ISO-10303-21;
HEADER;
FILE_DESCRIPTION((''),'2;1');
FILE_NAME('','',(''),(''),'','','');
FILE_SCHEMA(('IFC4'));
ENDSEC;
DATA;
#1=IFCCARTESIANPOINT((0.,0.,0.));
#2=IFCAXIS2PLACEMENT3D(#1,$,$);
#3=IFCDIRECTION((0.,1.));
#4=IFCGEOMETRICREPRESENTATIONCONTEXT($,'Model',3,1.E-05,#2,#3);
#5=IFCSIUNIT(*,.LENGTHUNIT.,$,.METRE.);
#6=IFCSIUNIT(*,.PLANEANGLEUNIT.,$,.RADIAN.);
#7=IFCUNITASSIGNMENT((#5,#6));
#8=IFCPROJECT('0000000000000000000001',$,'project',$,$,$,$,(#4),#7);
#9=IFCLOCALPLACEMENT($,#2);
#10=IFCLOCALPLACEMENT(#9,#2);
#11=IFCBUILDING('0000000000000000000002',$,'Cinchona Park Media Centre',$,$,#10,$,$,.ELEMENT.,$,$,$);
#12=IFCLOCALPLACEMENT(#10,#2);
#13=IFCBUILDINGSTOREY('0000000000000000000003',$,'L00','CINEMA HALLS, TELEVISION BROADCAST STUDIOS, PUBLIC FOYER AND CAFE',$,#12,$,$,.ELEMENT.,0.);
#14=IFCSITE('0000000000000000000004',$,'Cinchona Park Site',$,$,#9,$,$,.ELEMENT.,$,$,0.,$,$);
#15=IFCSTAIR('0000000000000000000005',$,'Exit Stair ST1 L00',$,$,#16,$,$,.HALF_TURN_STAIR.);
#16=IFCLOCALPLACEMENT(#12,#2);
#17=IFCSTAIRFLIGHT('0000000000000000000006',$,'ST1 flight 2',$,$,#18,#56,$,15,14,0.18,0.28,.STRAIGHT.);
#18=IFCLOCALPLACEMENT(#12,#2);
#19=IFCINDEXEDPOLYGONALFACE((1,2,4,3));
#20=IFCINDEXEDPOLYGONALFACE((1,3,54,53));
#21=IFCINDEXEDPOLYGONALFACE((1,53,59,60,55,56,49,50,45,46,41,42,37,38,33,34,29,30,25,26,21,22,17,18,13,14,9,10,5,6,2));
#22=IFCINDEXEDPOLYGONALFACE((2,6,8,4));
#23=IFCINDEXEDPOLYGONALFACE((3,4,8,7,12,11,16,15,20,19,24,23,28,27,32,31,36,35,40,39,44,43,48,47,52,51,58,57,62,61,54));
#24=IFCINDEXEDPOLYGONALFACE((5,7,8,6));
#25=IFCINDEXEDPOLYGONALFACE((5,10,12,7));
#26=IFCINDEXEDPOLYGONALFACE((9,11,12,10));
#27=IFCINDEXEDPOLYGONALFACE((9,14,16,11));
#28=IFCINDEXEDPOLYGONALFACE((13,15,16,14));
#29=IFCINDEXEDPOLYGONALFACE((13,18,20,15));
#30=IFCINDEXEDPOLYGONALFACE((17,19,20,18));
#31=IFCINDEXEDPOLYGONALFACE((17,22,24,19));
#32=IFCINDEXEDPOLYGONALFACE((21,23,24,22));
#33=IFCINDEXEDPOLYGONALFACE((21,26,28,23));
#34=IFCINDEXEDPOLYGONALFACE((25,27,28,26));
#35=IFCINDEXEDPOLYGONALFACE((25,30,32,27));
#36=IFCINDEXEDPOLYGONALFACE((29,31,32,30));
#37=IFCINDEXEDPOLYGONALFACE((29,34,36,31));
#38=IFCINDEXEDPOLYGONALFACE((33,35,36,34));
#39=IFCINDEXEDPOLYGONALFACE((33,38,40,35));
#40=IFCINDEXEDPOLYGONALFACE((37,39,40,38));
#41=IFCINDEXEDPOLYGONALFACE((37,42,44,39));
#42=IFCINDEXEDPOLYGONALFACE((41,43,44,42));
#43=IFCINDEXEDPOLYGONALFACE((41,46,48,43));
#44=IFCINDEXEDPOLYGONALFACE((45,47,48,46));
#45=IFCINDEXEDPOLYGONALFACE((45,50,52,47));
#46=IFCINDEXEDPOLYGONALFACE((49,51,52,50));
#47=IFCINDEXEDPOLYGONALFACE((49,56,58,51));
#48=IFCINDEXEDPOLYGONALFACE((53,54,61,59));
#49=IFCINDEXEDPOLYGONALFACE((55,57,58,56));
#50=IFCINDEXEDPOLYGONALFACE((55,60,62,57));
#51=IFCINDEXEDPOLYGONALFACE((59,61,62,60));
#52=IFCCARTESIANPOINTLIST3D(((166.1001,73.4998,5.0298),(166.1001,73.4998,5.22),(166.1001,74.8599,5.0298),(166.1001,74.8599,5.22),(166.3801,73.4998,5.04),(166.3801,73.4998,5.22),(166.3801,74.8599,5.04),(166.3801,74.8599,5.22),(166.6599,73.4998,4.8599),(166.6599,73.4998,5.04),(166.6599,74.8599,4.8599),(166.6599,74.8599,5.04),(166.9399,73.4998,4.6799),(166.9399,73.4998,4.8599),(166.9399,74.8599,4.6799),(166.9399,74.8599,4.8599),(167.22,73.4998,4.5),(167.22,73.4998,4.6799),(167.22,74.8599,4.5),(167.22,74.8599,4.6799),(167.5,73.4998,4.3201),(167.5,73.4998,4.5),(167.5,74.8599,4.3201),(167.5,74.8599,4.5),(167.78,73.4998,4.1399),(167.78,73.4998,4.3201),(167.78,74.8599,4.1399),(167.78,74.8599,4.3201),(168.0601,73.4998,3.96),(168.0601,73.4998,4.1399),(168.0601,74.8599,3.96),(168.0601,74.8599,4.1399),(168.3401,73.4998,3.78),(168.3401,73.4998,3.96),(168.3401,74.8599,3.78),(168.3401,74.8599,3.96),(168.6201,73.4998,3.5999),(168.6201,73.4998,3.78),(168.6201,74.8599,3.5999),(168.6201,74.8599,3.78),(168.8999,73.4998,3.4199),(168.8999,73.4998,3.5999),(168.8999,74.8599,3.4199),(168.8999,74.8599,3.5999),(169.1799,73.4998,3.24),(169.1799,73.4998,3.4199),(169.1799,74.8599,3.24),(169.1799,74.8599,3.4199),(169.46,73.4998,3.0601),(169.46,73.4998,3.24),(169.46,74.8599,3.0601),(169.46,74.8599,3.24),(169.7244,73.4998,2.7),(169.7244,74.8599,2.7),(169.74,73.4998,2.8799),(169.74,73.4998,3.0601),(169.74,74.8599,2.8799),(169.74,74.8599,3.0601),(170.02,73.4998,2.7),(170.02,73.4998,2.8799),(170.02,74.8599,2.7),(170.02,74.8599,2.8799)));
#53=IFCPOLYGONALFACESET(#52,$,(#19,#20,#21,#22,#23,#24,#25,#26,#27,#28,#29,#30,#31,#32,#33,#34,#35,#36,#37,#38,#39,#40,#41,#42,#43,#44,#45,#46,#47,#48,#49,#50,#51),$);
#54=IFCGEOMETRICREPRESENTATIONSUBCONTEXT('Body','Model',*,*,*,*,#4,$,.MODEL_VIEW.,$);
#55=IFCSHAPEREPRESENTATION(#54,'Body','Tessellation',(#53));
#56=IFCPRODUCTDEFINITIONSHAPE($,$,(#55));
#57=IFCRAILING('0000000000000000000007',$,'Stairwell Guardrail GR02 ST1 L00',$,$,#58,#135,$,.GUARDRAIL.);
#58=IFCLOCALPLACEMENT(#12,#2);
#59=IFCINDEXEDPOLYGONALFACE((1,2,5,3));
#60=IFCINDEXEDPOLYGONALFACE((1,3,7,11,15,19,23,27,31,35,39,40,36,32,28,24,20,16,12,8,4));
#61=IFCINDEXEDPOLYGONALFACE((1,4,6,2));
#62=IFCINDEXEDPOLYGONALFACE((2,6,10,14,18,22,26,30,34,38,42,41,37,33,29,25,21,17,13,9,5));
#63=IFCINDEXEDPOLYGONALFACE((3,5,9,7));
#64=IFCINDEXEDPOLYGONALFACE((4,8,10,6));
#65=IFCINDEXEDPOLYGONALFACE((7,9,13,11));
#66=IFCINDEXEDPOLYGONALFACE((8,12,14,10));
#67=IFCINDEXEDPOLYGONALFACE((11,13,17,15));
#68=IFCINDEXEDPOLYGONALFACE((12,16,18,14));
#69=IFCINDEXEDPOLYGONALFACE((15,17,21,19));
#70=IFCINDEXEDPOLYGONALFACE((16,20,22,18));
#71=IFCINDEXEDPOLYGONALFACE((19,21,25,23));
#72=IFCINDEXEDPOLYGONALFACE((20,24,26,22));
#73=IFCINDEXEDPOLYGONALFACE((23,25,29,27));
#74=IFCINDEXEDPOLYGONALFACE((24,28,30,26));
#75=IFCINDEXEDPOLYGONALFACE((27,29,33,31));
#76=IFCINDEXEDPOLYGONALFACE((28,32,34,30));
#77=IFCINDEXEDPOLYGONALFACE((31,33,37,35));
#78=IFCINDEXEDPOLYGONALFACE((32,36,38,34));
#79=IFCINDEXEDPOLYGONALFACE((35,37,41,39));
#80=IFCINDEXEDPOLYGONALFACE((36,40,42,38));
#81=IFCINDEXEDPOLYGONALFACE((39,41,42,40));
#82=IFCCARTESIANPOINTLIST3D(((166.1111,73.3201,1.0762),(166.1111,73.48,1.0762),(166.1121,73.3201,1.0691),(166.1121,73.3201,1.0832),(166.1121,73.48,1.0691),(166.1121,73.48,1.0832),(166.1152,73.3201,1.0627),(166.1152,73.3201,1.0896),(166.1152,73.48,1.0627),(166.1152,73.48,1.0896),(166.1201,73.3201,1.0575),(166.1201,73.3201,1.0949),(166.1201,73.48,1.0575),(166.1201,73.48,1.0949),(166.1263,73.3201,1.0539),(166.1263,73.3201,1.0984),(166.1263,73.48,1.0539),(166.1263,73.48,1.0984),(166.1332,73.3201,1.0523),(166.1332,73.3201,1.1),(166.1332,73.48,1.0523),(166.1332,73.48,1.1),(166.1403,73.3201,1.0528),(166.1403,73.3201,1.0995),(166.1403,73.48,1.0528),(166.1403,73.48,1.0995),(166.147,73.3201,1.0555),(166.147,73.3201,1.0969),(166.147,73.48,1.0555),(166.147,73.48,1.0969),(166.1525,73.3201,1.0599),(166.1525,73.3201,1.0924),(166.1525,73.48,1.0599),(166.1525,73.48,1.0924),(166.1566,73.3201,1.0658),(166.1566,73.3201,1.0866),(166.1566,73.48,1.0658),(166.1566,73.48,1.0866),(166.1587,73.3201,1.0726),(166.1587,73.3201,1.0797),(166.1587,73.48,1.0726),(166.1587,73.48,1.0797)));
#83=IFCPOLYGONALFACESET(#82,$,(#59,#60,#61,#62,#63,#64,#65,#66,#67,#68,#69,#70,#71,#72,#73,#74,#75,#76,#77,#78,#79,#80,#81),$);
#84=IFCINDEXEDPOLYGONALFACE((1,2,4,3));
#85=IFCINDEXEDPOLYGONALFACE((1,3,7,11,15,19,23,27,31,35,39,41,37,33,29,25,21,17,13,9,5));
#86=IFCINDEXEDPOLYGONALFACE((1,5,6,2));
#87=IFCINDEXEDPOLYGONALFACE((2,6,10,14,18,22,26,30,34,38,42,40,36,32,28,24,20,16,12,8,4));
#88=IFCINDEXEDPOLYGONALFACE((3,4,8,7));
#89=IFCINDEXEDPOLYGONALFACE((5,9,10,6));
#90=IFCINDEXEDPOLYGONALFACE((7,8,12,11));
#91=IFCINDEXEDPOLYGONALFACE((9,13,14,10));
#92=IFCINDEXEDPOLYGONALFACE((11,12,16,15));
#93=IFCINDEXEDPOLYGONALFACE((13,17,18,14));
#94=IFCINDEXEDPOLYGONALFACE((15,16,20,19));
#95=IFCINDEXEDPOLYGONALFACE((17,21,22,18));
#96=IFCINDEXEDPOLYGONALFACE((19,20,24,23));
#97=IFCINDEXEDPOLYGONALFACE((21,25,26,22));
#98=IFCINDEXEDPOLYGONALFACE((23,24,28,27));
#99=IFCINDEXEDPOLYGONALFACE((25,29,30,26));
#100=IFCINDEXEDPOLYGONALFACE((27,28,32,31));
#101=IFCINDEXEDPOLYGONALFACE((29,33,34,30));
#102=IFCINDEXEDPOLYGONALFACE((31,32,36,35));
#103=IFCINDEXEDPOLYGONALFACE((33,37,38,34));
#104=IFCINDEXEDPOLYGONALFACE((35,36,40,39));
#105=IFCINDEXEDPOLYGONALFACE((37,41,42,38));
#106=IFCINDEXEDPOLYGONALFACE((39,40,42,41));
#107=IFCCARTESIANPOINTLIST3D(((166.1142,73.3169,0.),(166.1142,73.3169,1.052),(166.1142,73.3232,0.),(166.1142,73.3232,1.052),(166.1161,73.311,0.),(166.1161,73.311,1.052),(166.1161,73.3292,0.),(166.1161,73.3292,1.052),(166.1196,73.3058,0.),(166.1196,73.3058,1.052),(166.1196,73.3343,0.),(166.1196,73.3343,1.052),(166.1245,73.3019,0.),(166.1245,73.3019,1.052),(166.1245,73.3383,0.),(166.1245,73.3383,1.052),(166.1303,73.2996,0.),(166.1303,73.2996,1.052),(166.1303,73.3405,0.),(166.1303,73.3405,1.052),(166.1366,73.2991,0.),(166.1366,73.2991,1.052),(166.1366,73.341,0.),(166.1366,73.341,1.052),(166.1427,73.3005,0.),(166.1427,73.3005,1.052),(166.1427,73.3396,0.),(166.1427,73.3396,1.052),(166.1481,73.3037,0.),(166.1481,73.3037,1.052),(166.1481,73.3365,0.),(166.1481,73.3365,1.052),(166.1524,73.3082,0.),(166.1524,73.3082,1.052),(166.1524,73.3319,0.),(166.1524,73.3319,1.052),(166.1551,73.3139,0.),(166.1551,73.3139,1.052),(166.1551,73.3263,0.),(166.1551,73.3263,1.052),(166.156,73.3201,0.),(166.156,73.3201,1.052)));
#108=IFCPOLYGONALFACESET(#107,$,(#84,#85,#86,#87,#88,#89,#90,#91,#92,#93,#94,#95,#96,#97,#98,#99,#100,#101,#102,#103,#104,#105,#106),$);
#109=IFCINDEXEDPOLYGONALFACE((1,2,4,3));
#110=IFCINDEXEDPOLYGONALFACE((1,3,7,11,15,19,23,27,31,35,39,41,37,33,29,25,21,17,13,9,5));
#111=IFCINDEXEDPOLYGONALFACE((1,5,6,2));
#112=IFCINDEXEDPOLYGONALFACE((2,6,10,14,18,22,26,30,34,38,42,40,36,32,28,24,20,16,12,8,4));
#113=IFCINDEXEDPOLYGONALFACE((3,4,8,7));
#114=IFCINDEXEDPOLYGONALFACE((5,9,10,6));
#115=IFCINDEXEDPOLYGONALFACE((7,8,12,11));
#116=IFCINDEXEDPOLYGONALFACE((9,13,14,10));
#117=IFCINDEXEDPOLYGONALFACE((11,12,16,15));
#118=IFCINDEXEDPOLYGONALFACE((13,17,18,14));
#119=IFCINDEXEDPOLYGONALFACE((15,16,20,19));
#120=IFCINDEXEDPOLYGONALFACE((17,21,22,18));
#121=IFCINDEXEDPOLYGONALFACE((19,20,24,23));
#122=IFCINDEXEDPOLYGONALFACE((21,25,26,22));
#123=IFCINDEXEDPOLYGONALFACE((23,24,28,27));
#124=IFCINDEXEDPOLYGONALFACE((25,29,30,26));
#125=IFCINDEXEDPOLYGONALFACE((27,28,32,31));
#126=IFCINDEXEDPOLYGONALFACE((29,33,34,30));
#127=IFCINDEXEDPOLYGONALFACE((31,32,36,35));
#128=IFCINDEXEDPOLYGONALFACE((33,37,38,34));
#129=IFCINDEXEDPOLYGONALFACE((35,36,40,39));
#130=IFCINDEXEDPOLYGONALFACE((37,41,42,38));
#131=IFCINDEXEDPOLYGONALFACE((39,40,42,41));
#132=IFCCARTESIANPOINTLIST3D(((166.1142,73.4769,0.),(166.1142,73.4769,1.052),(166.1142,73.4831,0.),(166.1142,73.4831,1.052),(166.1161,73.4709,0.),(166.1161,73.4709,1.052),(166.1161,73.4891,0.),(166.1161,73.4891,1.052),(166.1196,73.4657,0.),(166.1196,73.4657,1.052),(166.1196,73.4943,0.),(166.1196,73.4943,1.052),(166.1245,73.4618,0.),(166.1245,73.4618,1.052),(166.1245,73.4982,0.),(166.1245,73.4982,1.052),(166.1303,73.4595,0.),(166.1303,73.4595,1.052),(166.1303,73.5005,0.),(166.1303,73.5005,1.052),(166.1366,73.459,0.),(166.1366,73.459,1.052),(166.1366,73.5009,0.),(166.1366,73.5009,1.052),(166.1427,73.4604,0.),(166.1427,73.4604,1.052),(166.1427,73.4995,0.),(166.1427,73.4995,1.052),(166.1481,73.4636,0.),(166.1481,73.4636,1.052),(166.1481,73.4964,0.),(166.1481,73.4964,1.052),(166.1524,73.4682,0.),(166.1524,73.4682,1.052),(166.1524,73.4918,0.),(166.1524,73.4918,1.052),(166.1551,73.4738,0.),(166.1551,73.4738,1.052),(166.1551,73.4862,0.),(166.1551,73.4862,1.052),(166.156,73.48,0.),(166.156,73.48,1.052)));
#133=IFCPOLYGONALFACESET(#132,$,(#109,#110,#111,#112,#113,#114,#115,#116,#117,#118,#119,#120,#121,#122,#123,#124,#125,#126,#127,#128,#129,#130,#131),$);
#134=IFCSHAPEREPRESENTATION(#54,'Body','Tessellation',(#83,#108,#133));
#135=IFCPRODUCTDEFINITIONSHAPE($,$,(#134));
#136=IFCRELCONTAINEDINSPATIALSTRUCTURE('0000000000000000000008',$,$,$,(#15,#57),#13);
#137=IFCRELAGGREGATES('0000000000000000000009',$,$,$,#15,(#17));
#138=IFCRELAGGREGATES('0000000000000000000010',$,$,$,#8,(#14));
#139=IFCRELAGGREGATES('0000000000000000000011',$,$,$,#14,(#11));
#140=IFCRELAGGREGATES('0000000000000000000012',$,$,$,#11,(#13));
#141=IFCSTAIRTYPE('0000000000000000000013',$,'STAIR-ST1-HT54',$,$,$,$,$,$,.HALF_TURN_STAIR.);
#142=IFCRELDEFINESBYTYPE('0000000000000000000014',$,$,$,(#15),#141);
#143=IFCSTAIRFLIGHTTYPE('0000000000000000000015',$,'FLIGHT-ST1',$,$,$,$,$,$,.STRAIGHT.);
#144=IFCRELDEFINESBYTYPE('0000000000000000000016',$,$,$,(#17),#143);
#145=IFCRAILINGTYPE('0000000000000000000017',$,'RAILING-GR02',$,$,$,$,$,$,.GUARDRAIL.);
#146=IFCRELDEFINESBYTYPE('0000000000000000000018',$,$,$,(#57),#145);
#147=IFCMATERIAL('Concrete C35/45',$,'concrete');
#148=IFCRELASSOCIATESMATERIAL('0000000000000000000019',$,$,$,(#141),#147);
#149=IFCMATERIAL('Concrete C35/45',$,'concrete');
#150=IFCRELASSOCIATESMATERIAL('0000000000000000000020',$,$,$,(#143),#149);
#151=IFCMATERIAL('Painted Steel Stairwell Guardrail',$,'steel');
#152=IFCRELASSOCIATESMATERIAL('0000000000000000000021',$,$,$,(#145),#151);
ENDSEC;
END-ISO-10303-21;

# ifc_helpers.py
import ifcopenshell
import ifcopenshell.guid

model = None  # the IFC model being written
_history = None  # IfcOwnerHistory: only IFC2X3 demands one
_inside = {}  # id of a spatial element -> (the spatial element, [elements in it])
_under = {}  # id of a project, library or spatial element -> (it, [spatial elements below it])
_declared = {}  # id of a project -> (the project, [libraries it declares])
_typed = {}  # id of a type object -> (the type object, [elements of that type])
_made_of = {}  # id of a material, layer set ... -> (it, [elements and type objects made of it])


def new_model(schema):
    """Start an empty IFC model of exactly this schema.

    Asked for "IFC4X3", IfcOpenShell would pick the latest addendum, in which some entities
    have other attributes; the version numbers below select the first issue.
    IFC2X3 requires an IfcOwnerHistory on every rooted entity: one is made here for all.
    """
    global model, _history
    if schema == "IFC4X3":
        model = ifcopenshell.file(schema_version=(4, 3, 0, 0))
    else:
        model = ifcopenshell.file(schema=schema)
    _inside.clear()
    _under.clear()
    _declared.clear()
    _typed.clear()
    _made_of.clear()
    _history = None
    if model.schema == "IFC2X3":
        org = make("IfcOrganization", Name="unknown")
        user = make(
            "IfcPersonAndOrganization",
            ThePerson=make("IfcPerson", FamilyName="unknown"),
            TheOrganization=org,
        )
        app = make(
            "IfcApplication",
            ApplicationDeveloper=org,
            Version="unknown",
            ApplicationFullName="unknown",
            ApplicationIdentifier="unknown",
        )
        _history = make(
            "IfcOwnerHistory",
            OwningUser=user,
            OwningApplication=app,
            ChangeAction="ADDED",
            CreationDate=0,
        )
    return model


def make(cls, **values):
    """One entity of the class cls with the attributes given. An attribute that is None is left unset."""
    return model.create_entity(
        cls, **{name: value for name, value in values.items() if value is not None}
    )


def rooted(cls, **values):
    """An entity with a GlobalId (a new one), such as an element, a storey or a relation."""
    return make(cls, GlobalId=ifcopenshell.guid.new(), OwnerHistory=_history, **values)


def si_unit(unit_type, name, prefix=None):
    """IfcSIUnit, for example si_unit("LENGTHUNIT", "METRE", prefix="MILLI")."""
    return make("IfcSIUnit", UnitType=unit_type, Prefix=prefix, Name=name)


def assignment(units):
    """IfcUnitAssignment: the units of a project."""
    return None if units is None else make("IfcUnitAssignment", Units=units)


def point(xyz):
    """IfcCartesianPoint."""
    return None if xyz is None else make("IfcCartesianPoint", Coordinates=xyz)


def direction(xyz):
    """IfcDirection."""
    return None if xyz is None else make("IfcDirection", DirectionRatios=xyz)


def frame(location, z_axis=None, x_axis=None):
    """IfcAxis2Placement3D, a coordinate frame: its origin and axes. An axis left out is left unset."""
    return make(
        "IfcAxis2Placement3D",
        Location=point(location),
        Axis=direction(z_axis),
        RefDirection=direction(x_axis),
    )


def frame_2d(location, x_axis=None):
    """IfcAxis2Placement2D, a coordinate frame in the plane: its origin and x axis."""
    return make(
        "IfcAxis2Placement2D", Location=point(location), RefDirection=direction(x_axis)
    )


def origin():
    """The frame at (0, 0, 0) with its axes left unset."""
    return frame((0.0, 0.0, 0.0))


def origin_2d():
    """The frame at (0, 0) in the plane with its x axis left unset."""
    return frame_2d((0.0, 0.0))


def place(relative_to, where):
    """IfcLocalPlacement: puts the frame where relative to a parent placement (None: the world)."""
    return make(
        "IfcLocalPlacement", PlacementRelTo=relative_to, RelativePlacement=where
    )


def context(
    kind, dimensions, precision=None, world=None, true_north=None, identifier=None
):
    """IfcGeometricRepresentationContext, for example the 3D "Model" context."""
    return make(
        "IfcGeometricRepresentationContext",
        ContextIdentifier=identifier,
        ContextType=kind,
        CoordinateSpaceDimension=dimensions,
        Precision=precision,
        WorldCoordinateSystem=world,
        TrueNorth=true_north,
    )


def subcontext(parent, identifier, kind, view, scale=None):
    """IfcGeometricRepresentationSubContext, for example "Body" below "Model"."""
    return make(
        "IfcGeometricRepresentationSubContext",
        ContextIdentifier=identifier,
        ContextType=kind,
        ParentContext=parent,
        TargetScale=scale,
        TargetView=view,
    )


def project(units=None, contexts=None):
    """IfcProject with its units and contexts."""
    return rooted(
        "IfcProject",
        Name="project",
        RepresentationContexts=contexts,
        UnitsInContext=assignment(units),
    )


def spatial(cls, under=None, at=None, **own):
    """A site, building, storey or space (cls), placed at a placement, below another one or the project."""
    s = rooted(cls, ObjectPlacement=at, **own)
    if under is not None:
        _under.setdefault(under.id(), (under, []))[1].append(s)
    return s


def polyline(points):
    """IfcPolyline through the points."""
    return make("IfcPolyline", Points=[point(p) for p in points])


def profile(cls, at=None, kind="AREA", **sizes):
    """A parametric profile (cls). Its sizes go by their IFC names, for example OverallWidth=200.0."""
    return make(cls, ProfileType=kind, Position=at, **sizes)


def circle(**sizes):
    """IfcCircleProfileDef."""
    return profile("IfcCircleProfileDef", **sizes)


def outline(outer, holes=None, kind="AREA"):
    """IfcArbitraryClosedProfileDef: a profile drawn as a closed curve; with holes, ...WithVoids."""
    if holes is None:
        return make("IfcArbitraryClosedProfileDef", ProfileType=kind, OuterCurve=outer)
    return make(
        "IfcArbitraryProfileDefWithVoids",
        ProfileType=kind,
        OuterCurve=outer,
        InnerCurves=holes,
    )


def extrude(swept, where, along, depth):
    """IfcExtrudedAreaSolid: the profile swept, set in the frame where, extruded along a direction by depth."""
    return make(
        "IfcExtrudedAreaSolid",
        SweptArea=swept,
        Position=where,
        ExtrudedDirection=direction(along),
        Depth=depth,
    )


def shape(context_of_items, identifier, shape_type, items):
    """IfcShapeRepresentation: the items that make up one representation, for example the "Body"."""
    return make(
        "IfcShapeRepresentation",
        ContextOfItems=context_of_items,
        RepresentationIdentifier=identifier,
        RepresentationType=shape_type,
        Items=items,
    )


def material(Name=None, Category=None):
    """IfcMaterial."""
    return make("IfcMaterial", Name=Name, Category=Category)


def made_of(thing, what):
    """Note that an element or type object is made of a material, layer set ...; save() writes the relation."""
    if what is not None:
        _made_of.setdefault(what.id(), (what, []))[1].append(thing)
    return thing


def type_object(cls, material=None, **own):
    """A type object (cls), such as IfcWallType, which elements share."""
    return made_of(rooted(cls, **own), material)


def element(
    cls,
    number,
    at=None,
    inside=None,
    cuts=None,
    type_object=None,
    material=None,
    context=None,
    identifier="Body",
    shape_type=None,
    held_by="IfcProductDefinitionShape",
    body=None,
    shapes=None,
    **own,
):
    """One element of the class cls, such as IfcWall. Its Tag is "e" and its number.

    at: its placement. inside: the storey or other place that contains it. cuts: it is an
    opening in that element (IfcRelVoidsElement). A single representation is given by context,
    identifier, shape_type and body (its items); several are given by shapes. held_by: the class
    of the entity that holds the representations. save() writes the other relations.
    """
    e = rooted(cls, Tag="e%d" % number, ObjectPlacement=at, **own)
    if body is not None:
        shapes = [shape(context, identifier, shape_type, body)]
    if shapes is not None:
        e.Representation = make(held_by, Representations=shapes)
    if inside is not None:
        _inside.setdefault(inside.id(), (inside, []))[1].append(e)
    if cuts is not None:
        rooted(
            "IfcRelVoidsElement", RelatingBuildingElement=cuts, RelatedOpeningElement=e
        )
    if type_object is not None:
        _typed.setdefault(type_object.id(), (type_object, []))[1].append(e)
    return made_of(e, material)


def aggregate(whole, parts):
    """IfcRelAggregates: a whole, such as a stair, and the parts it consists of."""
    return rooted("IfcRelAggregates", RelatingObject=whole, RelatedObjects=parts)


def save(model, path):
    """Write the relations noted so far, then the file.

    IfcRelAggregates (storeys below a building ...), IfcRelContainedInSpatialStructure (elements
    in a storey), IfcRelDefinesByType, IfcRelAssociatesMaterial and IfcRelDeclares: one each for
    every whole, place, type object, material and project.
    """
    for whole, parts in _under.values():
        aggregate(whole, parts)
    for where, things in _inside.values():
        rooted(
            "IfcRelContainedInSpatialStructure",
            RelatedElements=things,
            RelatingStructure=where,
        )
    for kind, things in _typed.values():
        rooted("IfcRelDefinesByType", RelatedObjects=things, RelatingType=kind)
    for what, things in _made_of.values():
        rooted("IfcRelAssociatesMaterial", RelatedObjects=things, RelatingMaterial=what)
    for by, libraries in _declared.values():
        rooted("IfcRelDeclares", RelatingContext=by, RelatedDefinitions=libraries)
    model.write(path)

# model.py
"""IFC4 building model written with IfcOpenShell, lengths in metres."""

from ifc_helpers import new_model, si_unit, direction, frame, origin, origin_2d, place, context, subcontext, project, spatial, polyline, circle, outline, extrude, material, type_object, element, aggregate, save


model = new_model("IFC4")

# Units and contexts
model_context = context("Model", 3, precision=1e-05, world=origin(), true_north=direction((0.0, 1.0)))
body_context = subcontext(model_context, "Body", "Model", "MODEL_VIEW")
ifc_project = project(units=[si_unit("LENGTHUNIT", "METRE"), si_unit("PLANEANGLEUNIT", "RADIAN")], contexts=[model_context])

# Site, building, storey
site_placement = place(None, origin())
site = spatial("IfcSite", under=ifc_project, at=site_placement, Name="Cinchona Park Site", CompositionType="ELEMENT", RefElevation=0.0)
building_placement = place(site_placement, origin())
building = spatial("IfcBuilding", under=site, at=building_placement, Name="Cinchona Park Media Centre", CompositionType="ELEMENT")
storey_placement = place(building_placement, origin())
storey = spatial("IfcBuildingStorey", under=building, at=storey_placement, Name="L00", Description="CINEMA HALLS, TELEVISION BROADCAST STUDIOS, PUBLIC FOYER AND CAFE", CompositionType="ELEMENT", Elevation=0.0)

# Stair, stair flight
ifc_material_1 = material(Name="Concrete C35/45", Category="concrete")
stair_type = type_object("IfcStairType", Name="STAIR-ST1-HT54", PredefinedType="HALF_TURN_STAIR", material=ifc_material_1)
stair_placement = place(storey_placement, origin())
stair = element("IfcStair", 1, at=stair_placement, inside=storey, type_object=stair_type, Name="Exit Stair ST1 L00", PredefinedType="HALF_TURN_STAIR")
ifc_material_2 = material(Name="Concrete C35/45", Category="concrete")
stair_flight_type = type_object("IfcStairFlightType", Name="FLIGHT-ST1", PredefinedType="STRAIGHT", material=ifc_material_2)
stair_flight_1_placement = place(storey_placement, frame((170.02, 74.1799, 2.7), z_axis=(0.0, 0.0, 1.0), x_axis=(-1.0, 0.0, 0.0)))
stair_flight_1 = element("IfcStairFlight", 2, at=stair_flight_1_placement, type_object=stair_flight_type, Name="ST1 flight 2", NumberOfRisers=15, NumberOfTreads=14, PredefinedType="STRAIGHT", RiserHeight=0.18, TreadLength=0.28, context=body_context, shape_type="SweptSolid", body=[
    extrude(outline(polyline([(0.0, 0.0), (0.0, 0.1799), (0.28, 0.1799), (0.28, 0.3601), (0.5601, 0.3601), (0.5601, 0.54), (0.8401, 0.54), (0.8401, 0.72), (1.1201, 0.72), (1.1201, 0.8999), (1.3999, 0.8999), (1.3999, 1.0801), (1.6799, 1.0801), (1.6799, 1.26), (1.96, 1.26), (1.96, 1.4399), (2.24, 1.4399), (2.24, 1.6201), (2.52, 1.6201), (2.52, 1.8), (2.8, 1.8), (2.8, 1.98), (3.0801, 1.98), (3.0801, 2.1599), (3.3601, 2.1599), (3.3601, 2.3401), (3.6399, 2.3401), (3.6399, 2.52), (3.9199, 2.52), (3.9199, 2.7), (3.9199, 2.3298), (0.2957, 0.0), (0.0, 0.0)])), frame((0.0, 0.6802, 0.0), z_axis=(0.0, -1.0, 0.0), x_axis=(1.0, 0.0, 0.0)), (0.0, 0.0, 1.0), 1.3601),
])
aggregate(stair, [stair_flight_1])

# Railing
ifc_material_3 = material(Name="Painted Steel Stairwell Guardrail", Category="steel")
railing_type_1 = type_object("IfcRailingType", Name="RAILING-GR02", PredefinedType="GUARDRAIL", material=ifc_material_3)
for number, where, name in (
    (3, (166.135, 73.3201, 0.0), "Stairwell Guardrail GR02 ST1 L00"),
):
    element("IfcRailing", number, at=place(storey_placement, frame(where)), inside=storey, type_object=railing_type_1, Name=name, PredefinedType="GUARDRAIL", context=body_context, shape_type="SweptSolid", body=[
        extrude(circle(Radius=0.0239, at=origin_2d()), frame((0.0, 0.0, 1.0762), z_axis=(0.0, 1.0, 0.0), x_axis=(-1.0, 0.0, 0.0)), (0.0, 0.0, 1.0), 0.1599),
        extrude(circle(Radius=0.021, at=origin_2d()), origin(), (0.0, 0.0, 1.0), 1.052),
        extrude(circle(Radius=0.021, at=origin_2d()), frame((0.0, 0.1599, 0.0)), (0.0, 0.0, 1.0), 1.052),
    ])

save(model, "model.ifc")
